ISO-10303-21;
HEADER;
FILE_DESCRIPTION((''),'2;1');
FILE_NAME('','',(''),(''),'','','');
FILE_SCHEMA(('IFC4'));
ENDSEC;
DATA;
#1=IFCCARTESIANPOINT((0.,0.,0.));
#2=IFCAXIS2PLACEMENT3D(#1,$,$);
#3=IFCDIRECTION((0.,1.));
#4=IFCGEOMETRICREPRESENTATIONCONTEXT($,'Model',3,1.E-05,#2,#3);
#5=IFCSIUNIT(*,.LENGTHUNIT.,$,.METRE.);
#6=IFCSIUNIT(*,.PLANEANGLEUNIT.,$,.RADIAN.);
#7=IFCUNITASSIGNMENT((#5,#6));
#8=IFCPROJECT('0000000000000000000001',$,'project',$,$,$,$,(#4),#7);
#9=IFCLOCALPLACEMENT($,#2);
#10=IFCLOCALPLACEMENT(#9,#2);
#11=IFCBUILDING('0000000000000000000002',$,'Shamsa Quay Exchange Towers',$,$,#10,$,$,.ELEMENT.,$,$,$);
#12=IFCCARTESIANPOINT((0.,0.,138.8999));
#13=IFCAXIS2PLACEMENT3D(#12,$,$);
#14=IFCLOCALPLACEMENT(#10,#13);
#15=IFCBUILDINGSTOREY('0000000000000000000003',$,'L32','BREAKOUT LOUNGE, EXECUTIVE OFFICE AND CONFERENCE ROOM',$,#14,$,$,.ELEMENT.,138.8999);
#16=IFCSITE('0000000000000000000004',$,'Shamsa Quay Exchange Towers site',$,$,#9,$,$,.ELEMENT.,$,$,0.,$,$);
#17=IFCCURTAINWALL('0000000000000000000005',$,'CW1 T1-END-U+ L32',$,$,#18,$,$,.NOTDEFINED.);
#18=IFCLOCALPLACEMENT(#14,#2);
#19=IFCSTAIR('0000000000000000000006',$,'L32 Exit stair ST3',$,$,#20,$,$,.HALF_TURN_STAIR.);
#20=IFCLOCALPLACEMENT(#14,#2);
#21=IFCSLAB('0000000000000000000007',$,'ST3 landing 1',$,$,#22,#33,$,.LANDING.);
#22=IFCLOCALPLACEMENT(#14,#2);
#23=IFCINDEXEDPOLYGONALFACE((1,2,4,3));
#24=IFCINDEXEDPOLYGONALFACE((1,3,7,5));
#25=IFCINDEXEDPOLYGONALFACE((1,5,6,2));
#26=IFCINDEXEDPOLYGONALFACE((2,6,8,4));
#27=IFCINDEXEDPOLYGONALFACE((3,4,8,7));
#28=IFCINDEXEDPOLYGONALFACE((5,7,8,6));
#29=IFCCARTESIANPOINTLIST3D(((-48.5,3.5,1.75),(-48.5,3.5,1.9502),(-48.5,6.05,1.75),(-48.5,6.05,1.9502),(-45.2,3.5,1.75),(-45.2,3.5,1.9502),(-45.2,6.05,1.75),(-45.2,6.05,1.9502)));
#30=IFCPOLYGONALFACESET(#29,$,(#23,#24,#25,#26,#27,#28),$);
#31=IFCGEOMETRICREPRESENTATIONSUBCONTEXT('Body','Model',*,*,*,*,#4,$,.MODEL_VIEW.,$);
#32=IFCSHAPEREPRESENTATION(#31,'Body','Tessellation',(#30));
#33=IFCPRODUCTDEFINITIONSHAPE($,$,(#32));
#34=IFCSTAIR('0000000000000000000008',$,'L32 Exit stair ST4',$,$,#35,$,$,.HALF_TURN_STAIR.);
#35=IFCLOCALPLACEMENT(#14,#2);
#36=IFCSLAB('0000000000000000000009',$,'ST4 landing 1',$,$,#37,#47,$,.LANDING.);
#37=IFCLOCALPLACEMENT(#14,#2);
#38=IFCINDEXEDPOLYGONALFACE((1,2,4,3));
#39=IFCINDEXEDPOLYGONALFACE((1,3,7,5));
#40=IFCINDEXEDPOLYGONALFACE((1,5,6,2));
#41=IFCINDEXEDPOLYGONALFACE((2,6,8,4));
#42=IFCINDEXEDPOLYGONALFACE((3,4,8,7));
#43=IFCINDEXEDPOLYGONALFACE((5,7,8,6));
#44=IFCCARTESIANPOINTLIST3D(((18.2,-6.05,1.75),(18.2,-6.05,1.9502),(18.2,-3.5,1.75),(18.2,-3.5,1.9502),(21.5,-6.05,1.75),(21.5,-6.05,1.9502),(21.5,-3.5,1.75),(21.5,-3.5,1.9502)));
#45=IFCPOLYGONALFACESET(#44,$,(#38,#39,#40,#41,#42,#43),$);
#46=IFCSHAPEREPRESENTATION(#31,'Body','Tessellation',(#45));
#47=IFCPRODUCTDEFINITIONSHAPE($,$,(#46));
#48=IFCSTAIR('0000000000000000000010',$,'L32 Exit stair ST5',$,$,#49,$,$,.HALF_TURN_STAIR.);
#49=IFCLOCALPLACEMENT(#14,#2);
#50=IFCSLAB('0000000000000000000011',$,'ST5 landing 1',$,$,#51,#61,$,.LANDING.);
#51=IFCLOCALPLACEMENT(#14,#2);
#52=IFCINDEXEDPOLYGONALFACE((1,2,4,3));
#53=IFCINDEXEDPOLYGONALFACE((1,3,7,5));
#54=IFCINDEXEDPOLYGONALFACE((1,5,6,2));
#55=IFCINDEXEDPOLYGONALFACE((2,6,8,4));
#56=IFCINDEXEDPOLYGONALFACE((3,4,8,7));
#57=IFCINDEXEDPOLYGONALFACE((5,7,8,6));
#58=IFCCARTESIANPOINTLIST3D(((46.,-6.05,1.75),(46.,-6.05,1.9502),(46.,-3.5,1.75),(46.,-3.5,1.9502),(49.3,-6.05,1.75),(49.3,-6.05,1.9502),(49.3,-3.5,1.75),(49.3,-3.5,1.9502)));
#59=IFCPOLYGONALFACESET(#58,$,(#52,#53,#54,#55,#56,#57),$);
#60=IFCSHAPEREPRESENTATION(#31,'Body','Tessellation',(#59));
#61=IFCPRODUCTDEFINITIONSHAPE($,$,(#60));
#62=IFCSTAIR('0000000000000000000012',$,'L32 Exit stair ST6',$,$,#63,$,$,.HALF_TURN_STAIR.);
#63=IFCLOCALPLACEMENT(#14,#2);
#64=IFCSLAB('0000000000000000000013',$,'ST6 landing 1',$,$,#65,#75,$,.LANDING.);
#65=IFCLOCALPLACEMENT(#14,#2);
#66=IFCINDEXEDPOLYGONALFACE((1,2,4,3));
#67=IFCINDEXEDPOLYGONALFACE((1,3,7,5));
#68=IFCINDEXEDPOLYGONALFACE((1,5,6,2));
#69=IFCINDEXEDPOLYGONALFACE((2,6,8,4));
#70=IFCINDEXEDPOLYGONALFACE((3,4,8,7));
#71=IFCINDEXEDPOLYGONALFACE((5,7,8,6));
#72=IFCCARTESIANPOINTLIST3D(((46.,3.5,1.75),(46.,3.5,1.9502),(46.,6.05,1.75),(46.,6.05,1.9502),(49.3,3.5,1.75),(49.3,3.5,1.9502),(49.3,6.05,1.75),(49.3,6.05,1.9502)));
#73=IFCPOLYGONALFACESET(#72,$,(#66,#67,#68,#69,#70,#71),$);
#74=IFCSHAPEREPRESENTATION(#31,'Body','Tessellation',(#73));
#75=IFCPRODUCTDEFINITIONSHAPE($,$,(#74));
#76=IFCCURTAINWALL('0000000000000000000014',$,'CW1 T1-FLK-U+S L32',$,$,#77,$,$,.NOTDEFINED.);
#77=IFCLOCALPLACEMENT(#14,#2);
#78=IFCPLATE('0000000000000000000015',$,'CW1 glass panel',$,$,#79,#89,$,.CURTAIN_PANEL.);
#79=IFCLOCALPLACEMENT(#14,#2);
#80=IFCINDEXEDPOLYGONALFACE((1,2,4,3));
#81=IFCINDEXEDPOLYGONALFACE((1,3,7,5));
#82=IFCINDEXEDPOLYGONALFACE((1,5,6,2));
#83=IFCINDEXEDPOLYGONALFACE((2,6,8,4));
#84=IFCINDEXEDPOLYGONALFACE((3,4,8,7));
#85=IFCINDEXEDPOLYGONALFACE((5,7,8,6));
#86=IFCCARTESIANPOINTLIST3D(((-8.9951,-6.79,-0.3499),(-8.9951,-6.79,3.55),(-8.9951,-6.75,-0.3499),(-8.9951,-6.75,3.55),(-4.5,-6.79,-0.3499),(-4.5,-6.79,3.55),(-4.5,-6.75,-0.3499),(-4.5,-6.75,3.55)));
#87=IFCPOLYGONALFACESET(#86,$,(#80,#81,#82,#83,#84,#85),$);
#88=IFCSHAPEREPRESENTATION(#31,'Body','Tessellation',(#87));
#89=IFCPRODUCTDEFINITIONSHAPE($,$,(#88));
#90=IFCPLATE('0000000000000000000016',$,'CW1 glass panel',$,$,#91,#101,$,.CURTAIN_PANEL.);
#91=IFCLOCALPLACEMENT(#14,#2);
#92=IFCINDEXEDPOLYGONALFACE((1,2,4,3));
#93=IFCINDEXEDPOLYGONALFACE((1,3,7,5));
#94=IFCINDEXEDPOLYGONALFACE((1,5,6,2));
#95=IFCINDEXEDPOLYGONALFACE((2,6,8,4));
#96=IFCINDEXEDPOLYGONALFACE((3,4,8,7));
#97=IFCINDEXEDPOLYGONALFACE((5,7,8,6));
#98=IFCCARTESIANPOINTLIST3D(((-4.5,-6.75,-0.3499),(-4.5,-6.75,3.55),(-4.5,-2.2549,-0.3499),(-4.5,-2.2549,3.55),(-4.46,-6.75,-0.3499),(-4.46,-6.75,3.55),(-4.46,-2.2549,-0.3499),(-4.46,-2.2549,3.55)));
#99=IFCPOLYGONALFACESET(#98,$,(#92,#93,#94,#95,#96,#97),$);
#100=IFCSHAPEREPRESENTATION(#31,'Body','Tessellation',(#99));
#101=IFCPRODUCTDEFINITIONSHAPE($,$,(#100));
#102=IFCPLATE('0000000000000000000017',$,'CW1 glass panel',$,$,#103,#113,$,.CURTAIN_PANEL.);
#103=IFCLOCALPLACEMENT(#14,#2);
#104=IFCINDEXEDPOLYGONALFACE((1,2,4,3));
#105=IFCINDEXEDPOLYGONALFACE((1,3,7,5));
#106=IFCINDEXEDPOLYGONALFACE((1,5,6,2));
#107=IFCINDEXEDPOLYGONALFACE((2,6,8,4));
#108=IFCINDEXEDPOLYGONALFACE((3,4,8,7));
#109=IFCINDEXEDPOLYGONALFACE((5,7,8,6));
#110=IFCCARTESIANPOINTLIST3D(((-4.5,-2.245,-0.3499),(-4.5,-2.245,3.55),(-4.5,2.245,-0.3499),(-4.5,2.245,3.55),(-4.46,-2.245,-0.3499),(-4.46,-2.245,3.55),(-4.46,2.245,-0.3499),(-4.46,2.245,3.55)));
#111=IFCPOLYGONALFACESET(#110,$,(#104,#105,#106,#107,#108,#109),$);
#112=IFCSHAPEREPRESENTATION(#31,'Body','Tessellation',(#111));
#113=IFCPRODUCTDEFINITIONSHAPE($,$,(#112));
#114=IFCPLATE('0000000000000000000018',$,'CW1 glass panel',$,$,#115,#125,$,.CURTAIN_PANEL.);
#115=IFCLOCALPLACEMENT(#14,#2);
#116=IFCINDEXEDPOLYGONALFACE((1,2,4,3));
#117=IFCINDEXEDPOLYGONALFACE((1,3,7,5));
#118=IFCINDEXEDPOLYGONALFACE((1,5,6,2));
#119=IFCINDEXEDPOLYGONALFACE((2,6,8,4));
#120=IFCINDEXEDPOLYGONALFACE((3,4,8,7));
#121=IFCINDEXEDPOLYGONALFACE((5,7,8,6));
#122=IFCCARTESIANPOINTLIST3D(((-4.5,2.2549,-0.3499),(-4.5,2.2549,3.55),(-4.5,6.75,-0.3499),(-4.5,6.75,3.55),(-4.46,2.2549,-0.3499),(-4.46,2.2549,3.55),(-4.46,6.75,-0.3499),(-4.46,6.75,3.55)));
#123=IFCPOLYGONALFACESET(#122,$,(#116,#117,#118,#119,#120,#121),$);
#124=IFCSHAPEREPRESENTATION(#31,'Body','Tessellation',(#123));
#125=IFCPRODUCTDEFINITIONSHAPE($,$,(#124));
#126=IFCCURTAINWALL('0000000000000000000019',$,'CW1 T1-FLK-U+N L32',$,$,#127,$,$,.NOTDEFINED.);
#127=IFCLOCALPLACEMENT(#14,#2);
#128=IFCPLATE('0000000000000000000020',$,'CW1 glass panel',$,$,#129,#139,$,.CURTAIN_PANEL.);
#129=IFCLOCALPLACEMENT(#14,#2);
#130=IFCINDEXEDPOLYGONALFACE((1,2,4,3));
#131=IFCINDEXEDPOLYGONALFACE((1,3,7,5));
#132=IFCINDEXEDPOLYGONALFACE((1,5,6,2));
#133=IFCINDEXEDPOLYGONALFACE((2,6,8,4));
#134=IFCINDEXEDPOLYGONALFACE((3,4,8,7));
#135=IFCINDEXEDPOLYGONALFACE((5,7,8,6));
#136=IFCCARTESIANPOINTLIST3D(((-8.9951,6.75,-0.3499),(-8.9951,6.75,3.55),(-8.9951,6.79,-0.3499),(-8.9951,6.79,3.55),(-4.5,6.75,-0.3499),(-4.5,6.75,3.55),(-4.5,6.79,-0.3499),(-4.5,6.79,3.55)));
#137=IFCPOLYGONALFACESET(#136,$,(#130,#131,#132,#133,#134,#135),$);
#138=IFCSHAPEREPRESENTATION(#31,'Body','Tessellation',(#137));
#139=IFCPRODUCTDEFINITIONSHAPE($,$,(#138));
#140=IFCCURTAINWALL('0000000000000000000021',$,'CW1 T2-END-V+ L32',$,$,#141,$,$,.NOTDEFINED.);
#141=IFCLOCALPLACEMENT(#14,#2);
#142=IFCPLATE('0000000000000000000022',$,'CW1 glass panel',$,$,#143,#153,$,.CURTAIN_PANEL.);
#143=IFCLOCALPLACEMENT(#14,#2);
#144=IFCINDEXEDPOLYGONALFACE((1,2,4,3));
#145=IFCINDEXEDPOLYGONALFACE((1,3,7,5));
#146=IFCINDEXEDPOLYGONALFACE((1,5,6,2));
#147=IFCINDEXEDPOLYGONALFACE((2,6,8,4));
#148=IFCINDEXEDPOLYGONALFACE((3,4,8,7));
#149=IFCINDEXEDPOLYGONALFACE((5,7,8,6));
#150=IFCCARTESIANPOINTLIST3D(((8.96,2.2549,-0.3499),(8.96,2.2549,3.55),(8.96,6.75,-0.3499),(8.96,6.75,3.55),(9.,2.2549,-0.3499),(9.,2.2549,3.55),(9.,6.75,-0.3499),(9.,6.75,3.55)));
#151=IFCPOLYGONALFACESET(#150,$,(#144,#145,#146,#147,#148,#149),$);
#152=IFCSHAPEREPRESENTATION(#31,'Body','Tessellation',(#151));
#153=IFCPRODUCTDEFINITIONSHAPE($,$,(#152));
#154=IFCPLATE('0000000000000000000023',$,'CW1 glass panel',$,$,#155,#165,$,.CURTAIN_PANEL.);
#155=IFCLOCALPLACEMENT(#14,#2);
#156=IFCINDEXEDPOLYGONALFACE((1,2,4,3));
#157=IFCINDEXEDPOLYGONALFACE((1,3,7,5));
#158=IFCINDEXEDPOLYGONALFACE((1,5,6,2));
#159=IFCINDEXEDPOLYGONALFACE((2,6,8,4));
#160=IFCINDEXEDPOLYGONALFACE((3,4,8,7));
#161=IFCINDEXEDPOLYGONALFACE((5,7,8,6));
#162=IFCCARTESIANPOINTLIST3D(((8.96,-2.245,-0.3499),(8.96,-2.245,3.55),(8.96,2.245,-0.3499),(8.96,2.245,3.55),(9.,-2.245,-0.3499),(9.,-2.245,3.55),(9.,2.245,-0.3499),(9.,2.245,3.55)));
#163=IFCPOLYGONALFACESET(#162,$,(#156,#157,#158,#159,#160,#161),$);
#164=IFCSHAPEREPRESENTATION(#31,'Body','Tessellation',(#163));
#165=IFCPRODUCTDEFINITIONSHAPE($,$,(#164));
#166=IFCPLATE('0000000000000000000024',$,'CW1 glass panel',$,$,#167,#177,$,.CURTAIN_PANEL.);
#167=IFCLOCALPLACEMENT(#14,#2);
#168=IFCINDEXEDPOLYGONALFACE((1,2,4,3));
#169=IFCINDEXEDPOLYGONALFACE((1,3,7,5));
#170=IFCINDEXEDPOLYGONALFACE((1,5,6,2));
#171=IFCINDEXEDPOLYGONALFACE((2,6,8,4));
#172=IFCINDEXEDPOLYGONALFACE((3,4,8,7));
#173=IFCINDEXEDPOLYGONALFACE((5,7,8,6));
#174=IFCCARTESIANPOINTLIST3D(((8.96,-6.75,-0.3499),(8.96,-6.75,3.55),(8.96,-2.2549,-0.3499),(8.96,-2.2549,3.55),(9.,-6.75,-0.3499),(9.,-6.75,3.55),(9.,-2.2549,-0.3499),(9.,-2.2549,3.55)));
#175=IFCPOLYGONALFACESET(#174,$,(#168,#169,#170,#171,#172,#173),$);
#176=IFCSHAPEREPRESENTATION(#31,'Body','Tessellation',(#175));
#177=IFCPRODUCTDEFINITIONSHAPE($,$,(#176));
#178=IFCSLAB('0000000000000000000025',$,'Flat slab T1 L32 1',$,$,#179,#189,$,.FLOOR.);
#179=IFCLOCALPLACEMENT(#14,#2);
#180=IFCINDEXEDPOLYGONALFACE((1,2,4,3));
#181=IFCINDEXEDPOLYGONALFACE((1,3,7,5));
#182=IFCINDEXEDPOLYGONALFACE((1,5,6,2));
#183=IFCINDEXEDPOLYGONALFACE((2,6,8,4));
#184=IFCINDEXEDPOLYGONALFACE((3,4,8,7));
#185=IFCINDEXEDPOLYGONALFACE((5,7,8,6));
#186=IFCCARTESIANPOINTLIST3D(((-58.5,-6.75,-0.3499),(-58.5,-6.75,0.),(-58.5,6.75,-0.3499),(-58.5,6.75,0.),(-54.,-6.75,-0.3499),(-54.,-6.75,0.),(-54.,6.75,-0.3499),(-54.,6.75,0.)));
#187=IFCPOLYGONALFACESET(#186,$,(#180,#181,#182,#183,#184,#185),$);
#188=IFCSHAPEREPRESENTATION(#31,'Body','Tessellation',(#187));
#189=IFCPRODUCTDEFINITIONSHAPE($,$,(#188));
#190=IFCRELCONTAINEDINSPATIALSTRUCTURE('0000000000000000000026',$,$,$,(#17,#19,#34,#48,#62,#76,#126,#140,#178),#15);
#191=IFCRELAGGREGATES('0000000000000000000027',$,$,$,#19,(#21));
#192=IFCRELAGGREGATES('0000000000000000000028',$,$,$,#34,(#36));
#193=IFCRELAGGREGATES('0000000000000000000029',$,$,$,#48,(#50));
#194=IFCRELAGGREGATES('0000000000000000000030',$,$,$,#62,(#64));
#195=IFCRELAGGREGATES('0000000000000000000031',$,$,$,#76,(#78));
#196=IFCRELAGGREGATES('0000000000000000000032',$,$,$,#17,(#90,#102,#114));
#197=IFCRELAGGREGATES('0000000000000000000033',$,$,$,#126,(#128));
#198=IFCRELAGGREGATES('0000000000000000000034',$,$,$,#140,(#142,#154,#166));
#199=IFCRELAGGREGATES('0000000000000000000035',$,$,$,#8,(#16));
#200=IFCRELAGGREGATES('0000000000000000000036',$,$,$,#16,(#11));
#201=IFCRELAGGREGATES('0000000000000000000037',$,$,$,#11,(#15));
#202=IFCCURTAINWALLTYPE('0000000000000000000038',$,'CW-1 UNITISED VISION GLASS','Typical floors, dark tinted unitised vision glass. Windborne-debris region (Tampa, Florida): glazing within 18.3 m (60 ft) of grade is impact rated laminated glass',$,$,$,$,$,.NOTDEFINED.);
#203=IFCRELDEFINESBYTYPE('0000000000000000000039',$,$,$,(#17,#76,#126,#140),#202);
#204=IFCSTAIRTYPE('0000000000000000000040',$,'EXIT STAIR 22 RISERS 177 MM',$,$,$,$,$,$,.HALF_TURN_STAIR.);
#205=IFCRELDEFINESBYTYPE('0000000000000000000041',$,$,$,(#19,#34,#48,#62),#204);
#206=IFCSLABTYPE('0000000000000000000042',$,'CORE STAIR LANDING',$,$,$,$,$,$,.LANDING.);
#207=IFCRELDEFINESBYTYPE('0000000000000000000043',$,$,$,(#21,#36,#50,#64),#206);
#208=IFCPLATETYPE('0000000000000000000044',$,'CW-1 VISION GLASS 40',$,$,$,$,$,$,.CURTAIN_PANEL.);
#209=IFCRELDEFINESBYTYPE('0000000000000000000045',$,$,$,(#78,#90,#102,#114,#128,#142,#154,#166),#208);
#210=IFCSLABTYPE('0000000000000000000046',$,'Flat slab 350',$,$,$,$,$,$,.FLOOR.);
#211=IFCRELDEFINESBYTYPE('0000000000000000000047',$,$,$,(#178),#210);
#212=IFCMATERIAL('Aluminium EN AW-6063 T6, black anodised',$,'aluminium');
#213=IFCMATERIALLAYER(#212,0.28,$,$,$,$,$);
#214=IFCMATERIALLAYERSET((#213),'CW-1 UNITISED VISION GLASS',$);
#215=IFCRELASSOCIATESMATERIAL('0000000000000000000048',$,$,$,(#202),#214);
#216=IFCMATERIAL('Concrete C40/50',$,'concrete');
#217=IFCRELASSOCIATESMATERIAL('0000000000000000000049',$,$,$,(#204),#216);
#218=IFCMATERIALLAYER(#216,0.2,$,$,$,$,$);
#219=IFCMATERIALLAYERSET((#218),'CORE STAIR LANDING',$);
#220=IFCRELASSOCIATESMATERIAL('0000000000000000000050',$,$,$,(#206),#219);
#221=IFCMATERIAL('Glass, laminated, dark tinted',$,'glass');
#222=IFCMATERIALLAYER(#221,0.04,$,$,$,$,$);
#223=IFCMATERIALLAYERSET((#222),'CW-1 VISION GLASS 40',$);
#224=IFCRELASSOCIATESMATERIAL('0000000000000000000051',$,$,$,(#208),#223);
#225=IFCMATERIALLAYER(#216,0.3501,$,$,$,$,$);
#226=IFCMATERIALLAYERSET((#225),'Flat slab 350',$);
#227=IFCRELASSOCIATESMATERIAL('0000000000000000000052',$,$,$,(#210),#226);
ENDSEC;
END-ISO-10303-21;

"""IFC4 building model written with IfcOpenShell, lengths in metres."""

from ifc_helpers import new_model, si_unit, direction, frame, origin, origin_2d, place, context, subcontext, project, spatial, polyline, rectangle, outline, extrude, material, layer, layer_set, type_object, element, aggregate, save


model = new_model("IFC4")

# Units and contexts
model_context = context("Model", 3, precision=1e-05, world=origin(), true_north=direction((0.0, 1.0)))
body_context = subcontext(model_context, "Body", "Model", "MODEL_VIEW")
ifc_project = project(units=[si_unit("LENGTHUNIT", "METRE"), si_unit("PLANEANGLEUNIT", "RADIAN")], contexts=[model_context])

# Site, building, storey
site_placement = place(None, origin())
site = spatial("IfcSite", under=ifc_project, at=site_placement, Name="Shamsa Quay Exchange Towers site", CompositionType="ELEMENT", RefElevation=0.0)
building_placement = place(site_placement, origin())
building = spatial("IfcBuilding", under=site, at=building_placement, Name="Shamsa Quay Exchange Towers", CompositionType="ELEMENT")
storey_placement = place(building_placement, frame((0.0, 0.0, 138.8999)))
storey = spatial("IfcBuildingStorey", under=building, at=storey_placement, Name="L32", Description="BREAKOUT LOUNGE, EXECUTIVE OFFICE AND CONFERENCE ROOM", CompositionType="ELEMENT", Elevation=138.8999)

# Curtain wall
ifc_material_1 = material(Name="Aluminium EN AW-6063 T6, black anodised", Category="aluminium")
ifc_layer_1 = layer(ifc_material_1, 0.28)
ifc_layer_set_1 = layer_set([ifc_layer_1], Name="CW-1 UNITISED VISION GLASS")
curtain_wall_type = type_object("IfcCurtainWallType", Name="CW-1 UNITISED VISION GLASS", Description="Typical floors, dark tinted unitised vision glass. Windborne-debris region (Tampa, Florida): glazing within 18.3 m (60 ft) of grade is impact rated laminated glass", PredefinedType="NOTDEFINED", material=ifc_layer_set_1)
curtain_wall_1_placement = place(storey_placement, origin())
curtain_wall_1 = element("IfcCurtainWall", 1, at=curtain_wall_1_placement, inside=storey, type_object=curtain_wall_type, Name="CW1 T1-END-U+ L32", PredefinedType="NOTDEFINED")

# Stairs, slabs
ifc_material_2 = material(Name="Concrete C40/50", Category="concrete")
stair_type = type_object("IfcStairType", Name="EXIT STAIR 22 RISERS 177 MM", PredefinedType="HALF_TURN_STAIR", material=ifc_material_2)
ifc_layer_2 = layer(ifc_material_2, 0.2)
ifc_layer_set_2 = layer_set([ifc_layer_2], Name="CORE STAIR LANDING")
slab_type_1 = type_object("IfcSlabType", Name="CORE STAIR LANDING", PredefinedType="LANDING", material=ifc_layer_set_2)
stair_1_placement = place(storey_placement, origin())
stair_1 = element("IfcStair", 2, at=stair_1_placement, inside=storey, type_object=stair_type, Name="L32 Exit stair ST3", PredefinedType="HALF_TURN_STAIR")
slab_1_placement = place(storey_placement, frame((0.0, 0.0, 1.75)))
slab_1 = element("IfcSlab", 3, at=slab_1_placement, type_object=slab_type_1, Name="ST3 landing 1", PredefinedType="LANDING", context=body_context, shape_type="SweptSolid", body=[
    extrude(outline(polyline([(-45.2, 6.05), (-48.5, 6.05), (-48.5, 3.5), (-45.2, 3.5), (-45.2, 6.05)])), origin(), (0.0, 0.0, 1.0), 0.2002),
])
aggregate(stair_1, [slab_1])
stair_2_placement = place(storey_placement, origin())
stair_2 = element("IfcStair", 4, at=stair_2_placement, inside=storey, type_object=stair_type, Name="L32 Exit stair ST4", PredefinedType="HALF_TURN_STAIR")
slab_2_placement = place(storey_placement, frame((0.0, 0.0, 1.75)))
slab_2 = element("IfcSlab", 5, at=slab_2_placement, type_object=slab_type_1, Name="ST4 landing 1", PredefinedType="LANDING", context=body_context, shape_type="SweptSolid", body=[
    extrude(outline(polyline([(18.2, -6.05), (21.5, -6.05), (21.5, -3.5), (18.2, -3.5), (18.2, -6.05)])), origin(), (0.0, 0.0, 1.0), 0.2002),
])
aggregate(stair_2, [slab_2])
stair_3_placement = place(storey_placement, origin())
stair_3 = element("IfcStair", 6, at=stair_3_placement, inside=storey, type_object=stair_type, Name="L32 Exit stair ST5", PredefinedType="HALF_TURN_STAIR")
slab_3_placement = place(storey_placement, frame((0.0, 0.0, 1.75)))
slab_3 = element("IfcSlab", 7, at=slab_3_placement, type_object=slab_type_1, Name="ST5 landing 1", PredefinedType="LANDING", context=body_context, shape_type="SweptSolid", body=[
    extrude(outline(polyline([(49.3, -3.5), (46.0, -3.5), (46.0, -6.05), (49.3, -6.05), (49.3, -3.5)])), origin(), (0.0, 0.0, 1.0), 0.2002),
])
aggregate(stair_3, [slab_3])
stair_4_placement = place(storey_placement, origin())
stair_4 = element("IfcStair", 8, at=stair_4_placement, inside=storey, type_object=stair_type, Name="L32 Exit stair ST6", PredefinedType="HALF_TURN_STAIR")
slab_4_placement = place(storey_placement, frame((0.0, 0.0, 1.75)))
slab_4 = element("IfcSlab", 9, at=slab_4_placement, type_object=slab_type_1, Name="ST6 landing 1", PredefinedType="LANDING", context=body_context, shape_type="SweptSolid", body=[
    extrude(outline(polyline([(49.3, 6.05), (46.0, 6.05), (46.0, 3.5), (49.3, 3.5), (49.3, 6.05)])), origin(), (0.0, 0.0, 1.0), 0.2002),
])
aggregate(stair_4, [slab_4])

# Curtain wall, plate
curtain_wall_2_placement = place(storey_placement, origin())
curtain_wall_2 = element("IfcCurtainWall", 10, at=curtain_wall_2_placement, inside=storey, type_object=curtain_wall_type, Name="CW1 T1-FLK-U+S L32", PredefinedType="NOTDEFINED")
ifc_material_3 = material(Name="Glass, laminated, dark tinted", Category="glass")
ifc_layer_3 = layer(ifc_material_3, 0.04)
ifc_layer_set_3 = layer_set([ifc_layer_3], Name="CW-1 VISION GLASS 40")
plate_type = type_object("IfcPlateType", Name="CW-1 VISION GLASS 40", PredefinedType="CURTAIN_PANEL", material=ifc_layer_set_3)
plate_1_placement = place(storey_placement, frame((-6.7476, -6.77, -0.3499)))
plate_1 = element("IfcPlate", 11, at=plate_1_placement, type_object=plate_type, Name="CW1 glass panel", PredefinedType="CURTAIN_PANEL", context=body_context, shape_type="SweptSolid", body=[
    extrude(rectangle(XDim=4.4951, YDim=0.04, at=origin_2d()), origin(), (0.0, 0.0, 1.0), 3.8999),
])
aggregate(curtain_wall_2, [plate_1])

# Plates
plate_2_placement = place(storey_placement, frame((-4.48, -4.5024, -0.3499), z_axis=(0.0, 0.0, 1.0), x_axis=(0.0, 1.0, 0.0)))
plate_2 = element("IfcPlate", 12, at=plate_2_placement, type_object=plate_type, Name="CW1 glass panel", PredefinedType="CURTAIN_PANEL", context=body_context, shape_type="SweptSolid", body=[
    extrude(rectangle(XDim=4.4951, YDim=0.04, at=origin_2d()), origin(), (0.0, 0.0, 1.0), 3.8999),
])
plate_3_placement = place(storey_placement, frame((-4.48, 0.0, -0.3499), z_axis=(0.0, 0.0, 1.0), x_axis=(0.0, 1.0, 0.0)))
plate_3 = element("IfcPlate", 13, at=plate_3_placement, type_object=plate_type, Name="CW1 glass panel", PredefinedType="CURTAIN_PANEL", context=body_context, shape_type="SweptSolid", body=[
    extrude(rectangle(XDim=4.49, YDim=0.04, at=origin_2d()), origin(), (0.0, 0.0, 1.0), 3.8999),
])
plate_4_placement = place(storey_placement, frame((-4.48, 4.5024, -0.3499), z_axis=(0.0, 0.0, 1.0), x_axis=(0.0, 1.0, 0.0)))
plate_4 = element("IfcPlate", 14, at=plate_4_placement, type_object=plate_type, Name="CW1 glass panel", PredefinedType="CURTAIN_PANEL", context=body_context, shape_type="SweptSolid", body=[
    extrude(rectangle(XDim=4.4951, YDim=0.04, at=origin_2d()), origin(), (0.0, 0.0, 1.0), 3.8999),
])
aggregate(curtain_wall_1, [plate_2, plate_3, plate_4])

# Curtain wall, plate
curtain_wall_3_placement = place(storey_placement, origin())
curtain_wall_3 = element("IfcCurtainWall", 15, at=curtain_wall_3_placement, inside=storey, type_object=curtain_wall_type, Name="CW1 T1-FLK-U+N L32", PredefinedType="NOTDEFINED")
plate_5_placement = place(storey_placement, frame((-6.7476, 6.77, -0.3499), z_axis=(0.0, 0.0, 1.0), x_axis=(-1.0, 0.0, 0.0)))
plate_5 = element("IfcPlate", 16, at=plate_5_placement, type_object=plate_type, Name="CW1 glass panel", PredefinedType="CURTAIN_PANEL", context=body_context, shape_type="SweptSolid", body=[
    extrude(rectangle(XDim=4.4951, YDim=0.04, at=origin_2d()), origin(), (0.0, 0.0, 1.0), 3.8999),
])
aggregate(curtain_wall_3, [plate_5])

# Curtain wall, plates
curtain_wall_4_placement = place(storey_placement, origin())
curtain_wall_4 = element("IfcCurtainWall", 17, at=curtain_wall_4_placement, inside=storey, type_object=curtain_wall_type, Name="CW1 T2-END-V+ L32", PredefinedType="NOTDEFINED")
plate_6_placement = place(storey_placement, frame((8.98, 4.5024, -0.3499), z_axis=(0.0, 0.0, 1.0), x_axis=(0.0, -1.0, 0.0)))
plate_6 = element("IfcPlate", 18, at=plate_6_placement, type_object=plate_type, Name="CW1 glass panel", PredefinedType="CURTAIN_PANEL", context=body_context, shape_type="SweptSolid", body=[
    extrude(rectangle(XDim=4.4951, YDim=0.04, at=origin_2d()), origin(), (0.0, 0.0, 1.0), 3.8999),
])
plate_7_placement = place(storey_placement, frame((8.98, 0.0, -0.3499), z_axis=(0.0, 0.0, 1.0), x_axis=(0.0, -1.0, 0.0)))
plate_7 = element("IfcPlate", 19, at=plate_7_placement, type_object=plate_type, Name="CW1 glass panel", PredefinedType="CURTAIN_PANEL", context=body_context, shape_type="SweptSolid", body=[
    extrude(rectangle(XDim=4.49, YDim=0.04, at=origin_2d()), origin(), (0.0, 0.0, 1.0), 3.8999),
])
plate_8_placement = place(storey_placement, frame((8.98, -4.5024, -0.3499), z_axis=(0.0, 0.0, 1.0), x_axis=(0.0, -1.0, 0.0)))
plate_8 = element("IfcPlate", 20, at=plate_8_placement, type_object=plate_type, Name="CW1 glass panel", PredefinedType="CURTAIN_PANEL", context=body_context, shape_type="SweptSolid", body=[
    extrude(rectangle(XDim=4.4951, YDim=0.04, at=origin_2d()), origin(), (0.0, 0.0, 1.0), 3.8999),
])
aggregate(curtain_wall_4, [plate_6, plate_7, plate_8])

# Slab
ifc_layer_4 = layer(ifc_material_2, 0.3501)
ifc_layer_set_4 = layer_set([ifc_layer_4], Name="Flat slab 350")
slab_type_2 = type_object("IfcSlabType", Name="Flat slab 350", PredefinedType="FLOOR", material=ifc_layer_set_4)
slab_5_placement = place(storey_placement, frame((0.0, 0.0, -0.3499)))
element("IfcSlab", 21, at=slab_5_placement, inside=storey, type_object=slab_type_2, Name="Flat slab T1 L32 1", PredefinedType="FLOOR", context=body_context, shape_type="SweptSolid", body=[
    extrude(outline(polyline([(-58.5, -6.75), (-54.0, -6.75), (-54.0, 6.75), (-58.5, 6.75), (-58.5, -6.75)])), origin(), (0.0, 0.0, 1.0), 0.3499),
])

save(model, "model.ifc")
